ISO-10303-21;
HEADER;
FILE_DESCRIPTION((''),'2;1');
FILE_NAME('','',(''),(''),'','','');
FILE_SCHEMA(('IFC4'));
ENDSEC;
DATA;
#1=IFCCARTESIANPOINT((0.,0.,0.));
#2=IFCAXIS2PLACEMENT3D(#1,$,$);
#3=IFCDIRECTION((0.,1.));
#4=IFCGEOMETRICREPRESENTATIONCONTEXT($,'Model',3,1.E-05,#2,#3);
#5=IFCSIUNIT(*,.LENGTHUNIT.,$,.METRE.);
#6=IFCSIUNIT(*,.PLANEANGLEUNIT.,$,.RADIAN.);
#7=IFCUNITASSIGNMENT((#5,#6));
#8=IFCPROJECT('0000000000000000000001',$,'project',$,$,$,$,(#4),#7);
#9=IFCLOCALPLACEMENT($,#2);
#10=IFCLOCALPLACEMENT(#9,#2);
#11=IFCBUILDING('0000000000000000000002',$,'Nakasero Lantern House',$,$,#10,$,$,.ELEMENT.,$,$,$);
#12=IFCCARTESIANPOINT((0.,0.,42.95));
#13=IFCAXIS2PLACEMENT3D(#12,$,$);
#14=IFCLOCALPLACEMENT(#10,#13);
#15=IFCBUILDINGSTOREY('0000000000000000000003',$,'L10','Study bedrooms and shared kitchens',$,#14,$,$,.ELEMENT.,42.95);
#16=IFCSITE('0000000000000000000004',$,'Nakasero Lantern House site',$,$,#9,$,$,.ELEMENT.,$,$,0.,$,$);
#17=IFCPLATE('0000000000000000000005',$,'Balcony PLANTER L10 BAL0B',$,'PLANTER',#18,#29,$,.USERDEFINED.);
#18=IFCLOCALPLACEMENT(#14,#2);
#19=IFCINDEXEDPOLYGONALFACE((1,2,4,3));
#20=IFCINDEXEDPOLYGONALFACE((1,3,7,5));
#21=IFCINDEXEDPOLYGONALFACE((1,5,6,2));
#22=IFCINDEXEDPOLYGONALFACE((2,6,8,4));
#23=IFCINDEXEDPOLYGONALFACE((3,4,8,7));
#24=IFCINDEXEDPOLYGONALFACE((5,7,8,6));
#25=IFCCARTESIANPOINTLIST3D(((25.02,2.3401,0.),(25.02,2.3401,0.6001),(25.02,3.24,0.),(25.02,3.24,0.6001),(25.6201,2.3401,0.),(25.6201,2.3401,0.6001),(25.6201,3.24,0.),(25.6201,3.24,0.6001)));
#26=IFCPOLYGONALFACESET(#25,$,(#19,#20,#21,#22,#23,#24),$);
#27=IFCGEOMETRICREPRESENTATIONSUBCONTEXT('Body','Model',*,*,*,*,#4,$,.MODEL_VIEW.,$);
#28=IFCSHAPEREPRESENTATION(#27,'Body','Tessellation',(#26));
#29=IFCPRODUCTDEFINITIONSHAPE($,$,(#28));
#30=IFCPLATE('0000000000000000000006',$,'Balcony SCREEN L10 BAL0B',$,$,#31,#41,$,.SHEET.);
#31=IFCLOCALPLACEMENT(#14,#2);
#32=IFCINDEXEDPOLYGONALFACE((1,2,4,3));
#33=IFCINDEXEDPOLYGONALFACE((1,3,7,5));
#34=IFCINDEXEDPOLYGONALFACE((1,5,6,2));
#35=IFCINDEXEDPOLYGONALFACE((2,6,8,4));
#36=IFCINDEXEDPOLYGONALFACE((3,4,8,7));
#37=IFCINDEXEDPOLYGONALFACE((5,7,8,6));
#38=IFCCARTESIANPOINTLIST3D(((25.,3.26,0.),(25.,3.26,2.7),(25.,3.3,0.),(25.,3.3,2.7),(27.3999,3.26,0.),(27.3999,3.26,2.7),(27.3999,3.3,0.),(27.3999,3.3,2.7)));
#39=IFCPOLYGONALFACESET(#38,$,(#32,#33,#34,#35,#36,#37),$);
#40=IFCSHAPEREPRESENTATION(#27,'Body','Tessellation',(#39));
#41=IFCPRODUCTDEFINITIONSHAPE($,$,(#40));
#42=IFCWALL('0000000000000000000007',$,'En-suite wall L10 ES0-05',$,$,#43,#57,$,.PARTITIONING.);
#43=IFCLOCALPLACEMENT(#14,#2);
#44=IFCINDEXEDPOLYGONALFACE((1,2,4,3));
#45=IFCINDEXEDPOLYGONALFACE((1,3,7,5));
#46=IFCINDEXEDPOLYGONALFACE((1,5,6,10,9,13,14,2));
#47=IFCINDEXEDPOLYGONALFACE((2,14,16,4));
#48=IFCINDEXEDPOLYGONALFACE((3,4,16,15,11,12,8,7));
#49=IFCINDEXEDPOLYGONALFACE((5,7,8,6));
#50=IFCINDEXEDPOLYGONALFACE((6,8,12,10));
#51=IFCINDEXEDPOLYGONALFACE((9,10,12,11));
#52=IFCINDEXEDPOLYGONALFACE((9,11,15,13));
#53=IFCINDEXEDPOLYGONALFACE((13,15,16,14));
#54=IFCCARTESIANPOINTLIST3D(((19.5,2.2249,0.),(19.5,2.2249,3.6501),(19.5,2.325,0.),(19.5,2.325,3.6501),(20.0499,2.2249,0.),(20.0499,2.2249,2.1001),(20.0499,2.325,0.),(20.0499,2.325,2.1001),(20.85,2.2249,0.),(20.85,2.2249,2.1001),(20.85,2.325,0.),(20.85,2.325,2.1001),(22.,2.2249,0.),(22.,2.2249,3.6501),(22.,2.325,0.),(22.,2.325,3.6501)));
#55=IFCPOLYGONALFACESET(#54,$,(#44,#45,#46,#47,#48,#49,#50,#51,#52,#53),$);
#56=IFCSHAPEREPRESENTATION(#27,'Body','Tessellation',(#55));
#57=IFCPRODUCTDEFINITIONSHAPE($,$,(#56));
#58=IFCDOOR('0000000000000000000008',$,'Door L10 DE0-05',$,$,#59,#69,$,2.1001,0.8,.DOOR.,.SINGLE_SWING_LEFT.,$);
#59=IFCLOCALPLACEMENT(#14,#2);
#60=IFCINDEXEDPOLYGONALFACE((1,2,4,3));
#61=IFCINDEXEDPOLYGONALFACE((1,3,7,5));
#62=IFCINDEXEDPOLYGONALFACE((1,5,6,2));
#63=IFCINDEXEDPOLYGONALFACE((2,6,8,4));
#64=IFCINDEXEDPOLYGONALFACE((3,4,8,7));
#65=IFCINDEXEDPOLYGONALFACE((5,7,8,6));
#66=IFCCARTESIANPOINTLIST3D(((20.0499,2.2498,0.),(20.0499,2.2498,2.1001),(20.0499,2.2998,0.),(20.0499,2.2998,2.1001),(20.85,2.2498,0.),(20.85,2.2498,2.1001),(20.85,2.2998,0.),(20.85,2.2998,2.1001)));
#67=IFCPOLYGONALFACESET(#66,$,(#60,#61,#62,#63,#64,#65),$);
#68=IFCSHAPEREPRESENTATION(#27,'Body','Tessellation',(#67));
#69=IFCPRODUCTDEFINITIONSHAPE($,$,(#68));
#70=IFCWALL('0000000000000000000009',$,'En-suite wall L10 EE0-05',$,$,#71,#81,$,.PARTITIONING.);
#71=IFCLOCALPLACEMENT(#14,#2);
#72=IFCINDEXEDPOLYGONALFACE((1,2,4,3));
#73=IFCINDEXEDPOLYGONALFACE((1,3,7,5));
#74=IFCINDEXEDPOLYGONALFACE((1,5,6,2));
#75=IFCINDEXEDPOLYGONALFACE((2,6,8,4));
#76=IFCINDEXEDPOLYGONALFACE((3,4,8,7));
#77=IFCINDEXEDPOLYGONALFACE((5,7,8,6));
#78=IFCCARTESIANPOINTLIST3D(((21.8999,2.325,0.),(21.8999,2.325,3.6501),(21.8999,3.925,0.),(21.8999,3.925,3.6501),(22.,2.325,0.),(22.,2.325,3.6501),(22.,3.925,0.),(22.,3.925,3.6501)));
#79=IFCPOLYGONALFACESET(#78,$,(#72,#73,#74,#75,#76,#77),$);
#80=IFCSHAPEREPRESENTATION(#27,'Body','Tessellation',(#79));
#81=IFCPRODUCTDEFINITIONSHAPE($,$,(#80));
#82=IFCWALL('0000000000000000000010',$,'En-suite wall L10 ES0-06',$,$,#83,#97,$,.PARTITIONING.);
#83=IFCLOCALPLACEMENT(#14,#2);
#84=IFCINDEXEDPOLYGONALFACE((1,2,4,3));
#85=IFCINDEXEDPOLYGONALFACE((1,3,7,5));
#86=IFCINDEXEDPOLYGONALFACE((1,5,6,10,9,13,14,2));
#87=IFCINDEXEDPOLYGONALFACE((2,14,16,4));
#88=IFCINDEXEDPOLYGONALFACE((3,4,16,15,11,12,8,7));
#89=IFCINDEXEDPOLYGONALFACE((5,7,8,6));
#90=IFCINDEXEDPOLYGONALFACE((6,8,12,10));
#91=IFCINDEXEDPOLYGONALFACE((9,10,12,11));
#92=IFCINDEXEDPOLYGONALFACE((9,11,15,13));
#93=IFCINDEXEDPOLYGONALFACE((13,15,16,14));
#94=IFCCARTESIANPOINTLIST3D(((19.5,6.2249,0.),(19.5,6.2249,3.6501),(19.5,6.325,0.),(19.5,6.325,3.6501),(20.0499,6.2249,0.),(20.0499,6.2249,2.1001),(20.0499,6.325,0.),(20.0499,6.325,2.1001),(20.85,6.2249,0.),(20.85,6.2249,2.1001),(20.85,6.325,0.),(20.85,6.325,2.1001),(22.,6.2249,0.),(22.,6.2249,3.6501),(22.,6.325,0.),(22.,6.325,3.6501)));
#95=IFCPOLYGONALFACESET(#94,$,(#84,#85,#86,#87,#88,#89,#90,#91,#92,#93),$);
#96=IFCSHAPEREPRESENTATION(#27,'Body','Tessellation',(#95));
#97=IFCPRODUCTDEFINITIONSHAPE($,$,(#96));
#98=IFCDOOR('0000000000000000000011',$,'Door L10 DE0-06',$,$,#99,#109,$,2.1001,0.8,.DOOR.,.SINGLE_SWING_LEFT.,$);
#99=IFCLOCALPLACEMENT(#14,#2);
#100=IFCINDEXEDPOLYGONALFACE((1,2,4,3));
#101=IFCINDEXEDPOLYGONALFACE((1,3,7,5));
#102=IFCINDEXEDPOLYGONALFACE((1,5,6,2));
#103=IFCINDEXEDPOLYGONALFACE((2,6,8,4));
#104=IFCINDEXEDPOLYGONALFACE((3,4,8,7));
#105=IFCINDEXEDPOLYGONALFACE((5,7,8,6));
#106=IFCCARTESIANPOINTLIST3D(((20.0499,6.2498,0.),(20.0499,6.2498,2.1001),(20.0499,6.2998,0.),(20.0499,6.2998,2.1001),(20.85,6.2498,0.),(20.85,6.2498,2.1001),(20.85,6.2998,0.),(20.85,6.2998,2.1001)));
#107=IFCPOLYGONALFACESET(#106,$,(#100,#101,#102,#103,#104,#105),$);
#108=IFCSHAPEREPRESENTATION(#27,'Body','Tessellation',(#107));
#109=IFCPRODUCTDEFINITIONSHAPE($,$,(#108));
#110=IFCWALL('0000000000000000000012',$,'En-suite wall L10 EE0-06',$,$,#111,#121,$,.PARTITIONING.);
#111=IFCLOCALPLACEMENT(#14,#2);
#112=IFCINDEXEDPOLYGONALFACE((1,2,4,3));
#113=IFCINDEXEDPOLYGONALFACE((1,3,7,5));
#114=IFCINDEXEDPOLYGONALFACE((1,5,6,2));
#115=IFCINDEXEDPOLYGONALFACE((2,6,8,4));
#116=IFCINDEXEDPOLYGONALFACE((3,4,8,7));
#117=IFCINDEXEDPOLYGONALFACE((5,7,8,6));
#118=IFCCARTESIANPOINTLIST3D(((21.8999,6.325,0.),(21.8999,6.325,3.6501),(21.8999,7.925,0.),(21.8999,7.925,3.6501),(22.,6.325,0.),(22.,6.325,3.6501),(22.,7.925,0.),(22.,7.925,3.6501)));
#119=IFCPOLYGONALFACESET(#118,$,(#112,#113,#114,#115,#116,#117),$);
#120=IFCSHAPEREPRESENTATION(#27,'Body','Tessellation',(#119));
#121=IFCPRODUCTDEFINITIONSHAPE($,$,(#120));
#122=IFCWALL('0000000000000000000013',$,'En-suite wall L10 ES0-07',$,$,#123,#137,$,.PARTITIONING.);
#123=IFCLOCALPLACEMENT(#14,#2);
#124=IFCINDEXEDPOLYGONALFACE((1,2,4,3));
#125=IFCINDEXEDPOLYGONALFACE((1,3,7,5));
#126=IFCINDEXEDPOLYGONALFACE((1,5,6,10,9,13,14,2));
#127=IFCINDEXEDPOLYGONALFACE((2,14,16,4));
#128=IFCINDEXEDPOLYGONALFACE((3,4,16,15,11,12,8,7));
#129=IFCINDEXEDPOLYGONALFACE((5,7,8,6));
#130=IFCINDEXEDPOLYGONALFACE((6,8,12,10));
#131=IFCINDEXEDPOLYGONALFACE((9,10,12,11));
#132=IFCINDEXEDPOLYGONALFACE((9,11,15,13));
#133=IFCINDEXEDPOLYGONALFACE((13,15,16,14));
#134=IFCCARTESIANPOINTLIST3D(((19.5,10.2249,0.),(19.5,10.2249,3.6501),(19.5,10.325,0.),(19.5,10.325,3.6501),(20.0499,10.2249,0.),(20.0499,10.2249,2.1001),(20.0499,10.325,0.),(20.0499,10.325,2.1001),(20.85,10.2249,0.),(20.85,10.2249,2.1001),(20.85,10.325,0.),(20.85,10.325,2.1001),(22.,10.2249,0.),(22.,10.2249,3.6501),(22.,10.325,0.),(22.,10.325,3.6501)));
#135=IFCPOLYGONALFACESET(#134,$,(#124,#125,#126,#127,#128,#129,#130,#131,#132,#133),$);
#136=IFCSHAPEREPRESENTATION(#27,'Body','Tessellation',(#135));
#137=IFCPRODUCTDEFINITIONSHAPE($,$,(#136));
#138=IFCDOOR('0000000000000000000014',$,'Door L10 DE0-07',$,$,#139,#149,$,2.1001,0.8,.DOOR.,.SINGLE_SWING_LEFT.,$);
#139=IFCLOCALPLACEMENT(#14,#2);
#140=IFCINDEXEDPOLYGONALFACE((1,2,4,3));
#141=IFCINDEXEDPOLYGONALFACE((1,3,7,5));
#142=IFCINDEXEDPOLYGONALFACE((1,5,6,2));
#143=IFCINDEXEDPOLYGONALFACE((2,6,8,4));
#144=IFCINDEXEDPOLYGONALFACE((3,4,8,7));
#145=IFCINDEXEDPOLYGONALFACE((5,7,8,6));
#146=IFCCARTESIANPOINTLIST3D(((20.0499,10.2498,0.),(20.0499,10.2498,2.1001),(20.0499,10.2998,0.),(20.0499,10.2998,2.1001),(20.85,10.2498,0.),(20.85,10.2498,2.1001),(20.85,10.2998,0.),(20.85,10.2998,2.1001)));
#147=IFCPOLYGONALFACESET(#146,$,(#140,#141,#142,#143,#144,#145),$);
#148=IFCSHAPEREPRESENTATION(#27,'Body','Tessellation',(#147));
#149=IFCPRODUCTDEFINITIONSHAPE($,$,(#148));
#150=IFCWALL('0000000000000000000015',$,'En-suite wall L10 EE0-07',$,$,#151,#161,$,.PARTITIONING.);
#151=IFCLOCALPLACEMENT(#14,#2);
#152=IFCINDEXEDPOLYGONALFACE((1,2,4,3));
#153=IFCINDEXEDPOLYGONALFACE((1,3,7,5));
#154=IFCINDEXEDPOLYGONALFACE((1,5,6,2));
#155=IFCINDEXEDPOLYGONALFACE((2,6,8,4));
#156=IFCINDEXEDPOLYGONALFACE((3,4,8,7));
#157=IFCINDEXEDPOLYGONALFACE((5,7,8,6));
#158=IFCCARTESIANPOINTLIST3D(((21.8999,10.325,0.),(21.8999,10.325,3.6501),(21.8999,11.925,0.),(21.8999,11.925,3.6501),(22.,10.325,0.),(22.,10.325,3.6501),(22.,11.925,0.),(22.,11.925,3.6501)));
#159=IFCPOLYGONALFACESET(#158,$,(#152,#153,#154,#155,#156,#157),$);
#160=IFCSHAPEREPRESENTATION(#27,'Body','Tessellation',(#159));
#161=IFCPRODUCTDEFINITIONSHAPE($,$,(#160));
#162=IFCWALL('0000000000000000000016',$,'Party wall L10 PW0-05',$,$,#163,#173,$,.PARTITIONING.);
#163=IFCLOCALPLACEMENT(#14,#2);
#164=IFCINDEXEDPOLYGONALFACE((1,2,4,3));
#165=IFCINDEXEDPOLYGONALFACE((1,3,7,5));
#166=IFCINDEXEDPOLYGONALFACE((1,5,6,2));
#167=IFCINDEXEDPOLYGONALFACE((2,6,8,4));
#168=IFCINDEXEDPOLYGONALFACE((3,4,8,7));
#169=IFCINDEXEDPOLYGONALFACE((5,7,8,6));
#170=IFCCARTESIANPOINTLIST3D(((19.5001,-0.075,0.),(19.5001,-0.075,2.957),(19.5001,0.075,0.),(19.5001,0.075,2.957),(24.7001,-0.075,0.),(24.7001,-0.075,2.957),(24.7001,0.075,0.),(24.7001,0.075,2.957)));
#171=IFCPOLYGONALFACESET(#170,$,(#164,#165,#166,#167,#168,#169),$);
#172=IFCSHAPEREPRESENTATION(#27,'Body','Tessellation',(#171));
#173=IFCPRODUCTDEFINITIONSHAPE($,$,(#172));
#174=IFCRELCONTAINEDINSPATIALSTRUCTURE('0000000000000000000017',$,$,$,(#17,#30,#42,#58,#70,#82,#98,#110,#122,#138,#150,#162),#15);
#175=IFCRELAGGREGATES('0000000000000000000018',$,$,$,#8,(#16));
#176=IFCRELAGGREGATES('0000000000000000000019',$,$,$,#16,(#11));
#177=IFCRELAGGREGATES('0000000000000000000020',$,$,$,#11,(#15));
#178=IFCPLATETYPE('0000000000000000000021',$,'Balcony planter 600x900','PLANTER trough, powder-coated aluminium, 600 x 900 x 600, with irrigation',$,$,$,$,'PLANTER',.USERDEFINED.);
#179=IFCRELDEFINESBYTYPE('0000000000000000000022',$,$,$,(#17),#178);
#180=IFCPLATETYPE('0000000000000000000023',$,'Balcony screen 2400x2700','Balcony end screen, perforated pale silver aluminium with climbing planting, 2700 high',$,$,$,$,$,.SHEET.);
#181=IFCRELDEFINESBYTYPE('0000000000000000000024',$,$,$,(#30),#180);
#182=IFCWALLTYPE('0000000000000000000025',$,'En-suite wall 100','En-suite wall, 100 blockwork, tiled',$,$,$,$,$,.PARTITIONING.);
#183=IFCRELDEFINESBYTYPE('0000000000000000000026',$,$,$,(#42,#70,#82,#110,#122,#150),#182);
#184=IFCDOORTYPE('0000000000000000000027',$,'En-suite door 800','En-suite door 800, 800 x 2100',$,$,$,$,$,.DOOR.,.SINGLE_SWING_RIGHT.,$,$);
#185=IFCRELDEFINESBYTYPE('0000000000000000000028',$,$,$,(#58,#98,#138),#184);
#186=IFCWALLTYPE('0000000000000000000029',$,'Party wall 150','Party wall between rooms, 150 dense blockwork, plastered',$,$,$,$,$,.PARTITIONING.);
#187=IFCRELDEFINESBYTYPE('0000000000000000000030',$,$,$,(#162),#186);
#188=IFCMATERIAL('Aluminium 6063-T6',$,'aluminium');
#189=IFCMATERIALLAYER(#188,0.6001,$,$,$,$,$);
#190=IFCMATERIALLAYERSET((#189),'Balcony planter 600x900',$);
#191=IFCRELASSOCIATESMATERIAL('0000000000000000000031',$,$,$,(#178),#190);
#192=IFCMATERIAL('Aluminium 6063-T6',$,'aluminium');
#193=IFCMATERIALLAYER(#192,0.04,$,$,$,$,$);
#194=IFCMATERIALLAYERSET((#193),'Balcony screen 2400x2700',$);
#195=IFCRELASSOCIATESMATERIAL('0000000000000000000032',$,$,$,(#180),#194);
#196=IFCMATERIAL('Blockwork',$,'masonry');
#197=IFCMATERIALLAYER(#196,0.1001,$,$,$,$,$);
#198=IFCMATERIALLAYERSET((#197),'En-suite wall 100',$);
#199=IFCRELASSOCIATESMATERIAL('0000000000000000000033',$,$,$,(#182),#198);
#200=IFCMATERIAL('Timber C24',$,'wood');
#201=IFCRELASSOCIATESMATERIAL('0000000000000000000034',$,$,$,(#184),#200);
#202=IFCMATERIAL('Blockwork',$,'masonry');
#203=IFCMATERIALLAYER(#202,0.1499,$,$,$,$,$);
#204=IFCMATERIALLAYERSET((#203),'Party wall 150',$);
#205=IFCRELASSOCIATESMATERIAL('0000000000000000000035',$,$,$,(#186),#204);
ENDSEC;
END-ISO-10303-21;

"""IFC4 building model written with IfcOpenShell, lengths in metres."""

from ifc_helpers import new_model, si_unit, direction, frame, frame_2d, origin, origin_2d, place, context, subcontext, project, spatial, rectangle, extrude, material, layer, layer_set, type_object, element, fill, save


model = new_model("IFC4")

# Units and contexts
model_context = context("Model", 3, precision=1e-05, world=origin(), true_north=direction((0.0, 1.0)))
body_context = subcontext(model_context, "Body", "Model", "MODEL_VIEW")
ifc_project = project(units=[si_unit("LENGTHUNIT", "METRE"), si_unit("PLANEANGLEUNIT", "RADIAN")], contexts=[model_context])

# Site, building, storey
site_placement = place(None, origin())
site = spatial("IfcSite", under=ifc_project, at=site_placement, Name="Nakasero Lantern House site", CompositionType="ELEMENT", RefElevation=0.0)
building_placement = place(site_placement, origin())
building = spatial("IfcBuilding", under=site, at=building_placement, Name="Nakasero Lantern House", CompositionType="ELEMENT")
storey_placement = place(building_placement, frame((0.0, 0.0, 42.95)))
storey = spatial("IfcBuildingStorey", under=building, at=storey_placement, Name="L10", Description="Study bedrooms and shared kitchens", CompositionType="ELEMENT", Elevation=42.95)

# Plates
ifc_material_1 = material(Name="Aluminium 6063-T6", Category="aluminium")
ifc_layer_1 = layer(ifc_material_1, 0.6001)
ifc_layer_set_1 = layer_set([ifc_layer_1], Name="Balcony planter 600x900")
plate_type_1 = type_object("IfcPlateType", Name="Balcony planter 600x900", Description="PLANTER trough, powder-coated aluminium, 600 x 900 x 600, with irrigation", ElementType="PLANTER", PredefinedType="USERDEFINED", material=ifc_layer_set_1)
plate_1_placement = place(storey_placement, frame((25.3201, 2.79, 0.0), z_axis=(0.0, 0.0, 1.0), x_axis=(1.0, 0.0, 0.0)))
element("IfcPlate", 1, at=plate_1_placement, inside=storey, type_object=plate_type_1, Name="Balcony PLANTER L10 BAL0B", ObjectType="PLANTER", PredefinedType="USERDEFINED", context=body_context, shape_type="SweptSolid", body=[
    extrude(rectangle(XDim=0.6001, YDim=0.8999, at=origin_2d()), origin(), (0.0, 0.0, 1.0), 0.6001),
])
ifc_material_2 = material(Name="Aluminium 6063-T6", Category="aluminium")
ifc_layer_2 = layer(ifc_material_2, 0.04)
ifc_layer_set_2 = layer_set([ifc_layer_2], Name="Balcony screen 2400x2700")
plate_type_2 = type_object("IfcPlateType", Name="Balcony screen 2400x2700", Description="Balcony end screen, perforated pale silver aluminium with climbing planting, 2700 high", PredefinedType="SHEET", material=ifc_layer_set_2)
plate_2_placement = place(storey_placement, frame((26.2, 3.28, 0.0), z_axis=(0.0, 0.0, 1.0), x_axis=(1.0, 0.0, 0.0)))
element("IfcPlate", 2, at=plate_2_placement, inside=storey, type_object=plate_type_2, Name="Balcony SCREEN L10 BAL0B", PredefinedType="SHEET", context=body_context, shape_type="SweptSolid", body=[
    extrude(rectangle(XDim=2.3999, YDim=0.04, at=origin_2d()), origin(), (0.0, 0.0, 1.0), 2.7),
])

# Wall, opening, door
ifc_material_3 = material(Name="Blockwork", Category="masonry")
ifc_layer_3 = layer(ifc_material_3, 0.1001)
ifc_layer_set_3 = layer_set([ifc_layer_3], Name="En-suite wall 100")
wall_type_1 = type_object("IfcWallType", Name="En-suite wall 100", Description="En-suite wall, 100 blockwork, tiled", PredefinedType="PARTITIONING", material=ifc_layer_set_3)
wall_1_placement = place(storey_placement, frame((19.5, 2.2749, 0.0), z_axis=(0.0, 0.0, 1.0), x_axis=(1.0, 0.0, 0.0)))
wall_1 = element("IfcWall", 3, at=wall_1_placement, inside=storey, type_object=wall_type_1, Name="En-suite wall L10 ES0-05", PredefinedType="PARTITIONING", context=body_context, shape_type="SweptSolid", body=[
    extrude(rectangle(XDim=2.5, YDim=0.1001, at=frame_2d((1.25, 0.0))), origin(), (0.0, 0.0, 1.0), 3.6501),
])
opening_1_placement = place(wall_1_placement, frame((0.55, 0.0, 0.0)))
opening_1 = element("IfcOpeningElement", 4, at=opening_1_placement, cuts=wall_1, PredefinedType="OPENING", context=body_context, shape_type="SweptSolid", body=[
    extrude(rectangle(XDim=0.8, YDim=2.1001, at=frame_2d((0.3999, 1.05))), frame((0.0, 0.0701, 0.0), z_axis=(0.0, -1.0, 0.0), x_axis=(1.0, 0.0, 0.0)), (0.0, 0.0, 1.0), 0.1401),
])
ifc_material_4 = material(Name="Timber C24", Category="wood")
door_type = type_object("IfcDoorType", Name="En-suite door 800", Description="En-suite door 800, 800 x 2100", OperationType="SINGLE_SWING_RIGHT", PredefinedType="DOOR", material=ifc_material_4)
door_1_placement = place(opening_1_placement, origin())
door_1 = element("IfcDoor", 5, at=door_1_placement, inside=storey, type_object=door_type, Name="Door L10 DE0-05", OperationType="SINGLE_SWING_LEFT", OverallHeight=2.1001, OverallWidth=0.8, PredefinedType="DOOR", context=body_context, shape_type="SweptSolid", body=[
    extrude(rectangle(XDim=0.8, YDim=2.1001, at=frame_2d((0.3999, 1.05))), frame((0.0, 0.0249, 0.0), z_axis=(0.0, -1.0, 0.0), x_axis=(1.0, 0.0, 0.0)), (0.0, 0.0, 1.0), 0.05),
])
fill(opening_1, door_1)

# Wall
wall_2_placement = place(storey_placement, frame((21.95, 2.325, 0.0), z_axis=(0.0, 0.0, 1.0), x_axis=(0.0, 1.0, 0.0)))
element("IfcWall", 6, at=wall_2_placement, inside=storey, type_object=wall_type_1, Name="En-suite wall L10 EE0-05", PredefinedType="PARTITIONING", context=body_context, shape_type="SweptSolid", body=[
    extrude(rectangle(XDim=1.6001, YDim=0.1001, at=frame_2d((0.8, 0.0))), origin(), (0.0, 0.0, 1.0), 3.6501),
])

# Wall, opening, door
wall_3_placement = place(storey_placement, frame((19.5, 6.2749, 0.0), z_axis=(0.0, 0.0, 1.0), x_axis=(1.0, 0.0, 0.0)))
wall_3 = element("IfcWall", 7, at=wall_3_placement, inside=storey, type_object=wall_type_1, Name="En-suite wall L10 ES0-06", PredefinedType="PARTITIONING", context=body_context, shape_type="SweptSolid", body=[
    extrude(rectangle(XDim=2.5, YDim=0.1001, at=frame_2d((1.25, 0.0))), origin(), (0.0, 0.0, 1.0), 3.6501),
])
opening_2_placement = place(wall_3_placement, frame((0.55, 0.0, 0.0)))
opening_2 = element("IfcOpeningElement", 8, at=opening_2_placement, cuts=wall_3, PredefinedType="OPENING", context=body_context, shape_type="SweptSolid", body=[
    extrude(rectangle(XDim=0.8, YDim=2.1001, at=frame_2d((0.3999, 1.05))), frame((0.0, 0.0701, 0.0), z_axis=(0.0, -1.0, 0.0), x_axis=(1.0, 0.0, 0.0)), (0.0, 0.0, 1.0), 0.1401),
])
door_2_placement = place(opening_2_placement, origin())
door_2 = element("IfcDoor", 9, at=door_2_placement, inside=storey, type_object=door_type, Name="Door L10 DE0-06", OperationType="SINGLE_SWING_LEFT", OverallHeight=2.1001, OverallWidth=0.8, PredefinedType="DOOR", context=body_context, shape_type="SweptSolid", body=[
    extrude(rectangle(XDim=0.8, YDim=2.1001, at=frame_2d((0.3999, 1.05))), frame((0.0, 0.0249, 0.0), z_axis=(0.0, -1.0, 0.0), x_axis=(1.0, 0.0, 0.0)), (0.0, 0.0, 1.0), 0.05),
])
fill(opening_2, door_2)

# Wall
wall_4_placement = place(storey_placement, frame((21.95, 6.325, 0.0), z_axis=(0.0, 0.0, 1.0), x_axis=(0.0, 1.0, 0.0)))
element("IfcWall", 10, at=wall_4_placement, inside=storey, type_object=wall_type_1, Name="En-suite wall L10 EE0-06", PredefinedType="PARTITIONING", context=body_context, shape_type="SweptSolid", body=[
    extrude(rectangle(XDim=1.6001, YDim=0.1001, at=frame_2d((0.8, 0.0))), origin(), (0.0, 0.0, 1.0), 3.6501),
])

# Wall, opening, door
wall_5_placement = place(storey_placement, frame((19.5, 10.2749, 0.0), z_axis=(0.0, 0.0, 1.0), x_axis=(1.0, 0.0, 0.0)))
wall_5 = element("IfcWall", 11, at=wall_5_placement, inside=storey, type_object=wall_type_1, Name="En-suite wall L10 ES0-07", PredefinedType="PARTITIONING", context=body_context, shape_type="SweptSolid", body=[
    extrude(rectangle(XDim=2.5, YDim=0.1001, at=frame_2d((1.25, 0.0))), origin(), (0.0, 0.0, 1.0), 3.6501),
])
opening_3_placement = place(wall_5_placement, frame((0.55, 0.0, 0.0)))
opening_3 = element("IfcOpeningElement", 12, at=opening_3_placement, cuts=wall_5, PredefinedType="OPENING", context=body_context, shape_type="SweptSolid", body=[
    extrude(rectangle(XDim=0.8, YDim=2.1001, at=frame_2d((0.3999, 1.05))), frame((0.0, 0.0701, 0.0), z_axis=(0.0, -1.0, 0.0), x_axis=(1.0, 0.0, 0.0)), (0.0, 0.0, 1.0), 0.1401),
])
door_3_placement = place(opening_3_placement, origin())
door_3 = element("IfcDoor", 13, at=door_3_placement, inside=storey, type_object=door_type, Name="Door L10 DE0-07", OperationType="SINGLE_SWING_LEFT", OverallHeight=2.1001, OverallWidth=0.8, PredefinedType="DOOR", context=body_context, shape_type="SweptSolid", body=[
    extrude(rectangle(XDim=0.8, YDim=2.1001, at=frame_2d((0.3999, 1.05))), frame((0.0, 0.0249, 0.0), z_axis=(0.0, -1.0, 0.0), x_axis=(1.0, 0.0, 0.0)), (0.0, 0.0, 1.0), 0.05),
])
fill(opening_3, door_3)

# Walls
wall_6_placement = place(storey_placement, frame((21.95, 10.325, 0.0), z_axis=(0.0, 0.0, 1.0), x_axis=(0.0, 1.0, 0.0)))
element("IfcWall", 14, at=wall_6_placement, inside=storey, type_object=wall_type_1, Name="En-suite wall L10 EE0-07", PredefinedType="PARTITIONING", context=body_context, shape_type="SweptSolid", body=[
    extrude(rectangle(XDim=1.6001, YDim=0.1001, at=frame_2d((0.8, 0.0))), origin(), (0.0, 0.0, 1.0), 3.6501),
])
ifc_material_5 = material(Name="Blockwork", Category="masonry")
ifc_layer_4 = layer(ifc_material_5, 0.1499)
ifc_layer_set_4 = layer_set([ifc_layer_4], Name="Party wall 150")
wall_type_2 = type_object("IfcWallType", Name="Party wall 150", Description="Party wall between rooms, 150 dense blockwork, plastered", PredefinedType="PARTITIONING", material=ifc_layer_set_4)
wall_7_placement = place(storey_placement, frame((19.5, 0.0, 0.0), z_axis=(0.0, 0.0, 1.0), x_axis=(1.0, 0.0, 0.0)))
element("IfcWall", 15, at=wall_7_placement, inside=storey, type_object=wall_type_2, Name="Party wall L10 PW0-05", PredefinedType="PARTITIONING", context=body_context, shape_type="SweptSolid", body=[
    extrude(rectangle(XDim=5.2, YDim=0.1499, at=frame_2d((2.6001, 0.0))), origin(), (0.0, 0.0, 1.0), 2.957),
])

save(model, "model.ifc")
